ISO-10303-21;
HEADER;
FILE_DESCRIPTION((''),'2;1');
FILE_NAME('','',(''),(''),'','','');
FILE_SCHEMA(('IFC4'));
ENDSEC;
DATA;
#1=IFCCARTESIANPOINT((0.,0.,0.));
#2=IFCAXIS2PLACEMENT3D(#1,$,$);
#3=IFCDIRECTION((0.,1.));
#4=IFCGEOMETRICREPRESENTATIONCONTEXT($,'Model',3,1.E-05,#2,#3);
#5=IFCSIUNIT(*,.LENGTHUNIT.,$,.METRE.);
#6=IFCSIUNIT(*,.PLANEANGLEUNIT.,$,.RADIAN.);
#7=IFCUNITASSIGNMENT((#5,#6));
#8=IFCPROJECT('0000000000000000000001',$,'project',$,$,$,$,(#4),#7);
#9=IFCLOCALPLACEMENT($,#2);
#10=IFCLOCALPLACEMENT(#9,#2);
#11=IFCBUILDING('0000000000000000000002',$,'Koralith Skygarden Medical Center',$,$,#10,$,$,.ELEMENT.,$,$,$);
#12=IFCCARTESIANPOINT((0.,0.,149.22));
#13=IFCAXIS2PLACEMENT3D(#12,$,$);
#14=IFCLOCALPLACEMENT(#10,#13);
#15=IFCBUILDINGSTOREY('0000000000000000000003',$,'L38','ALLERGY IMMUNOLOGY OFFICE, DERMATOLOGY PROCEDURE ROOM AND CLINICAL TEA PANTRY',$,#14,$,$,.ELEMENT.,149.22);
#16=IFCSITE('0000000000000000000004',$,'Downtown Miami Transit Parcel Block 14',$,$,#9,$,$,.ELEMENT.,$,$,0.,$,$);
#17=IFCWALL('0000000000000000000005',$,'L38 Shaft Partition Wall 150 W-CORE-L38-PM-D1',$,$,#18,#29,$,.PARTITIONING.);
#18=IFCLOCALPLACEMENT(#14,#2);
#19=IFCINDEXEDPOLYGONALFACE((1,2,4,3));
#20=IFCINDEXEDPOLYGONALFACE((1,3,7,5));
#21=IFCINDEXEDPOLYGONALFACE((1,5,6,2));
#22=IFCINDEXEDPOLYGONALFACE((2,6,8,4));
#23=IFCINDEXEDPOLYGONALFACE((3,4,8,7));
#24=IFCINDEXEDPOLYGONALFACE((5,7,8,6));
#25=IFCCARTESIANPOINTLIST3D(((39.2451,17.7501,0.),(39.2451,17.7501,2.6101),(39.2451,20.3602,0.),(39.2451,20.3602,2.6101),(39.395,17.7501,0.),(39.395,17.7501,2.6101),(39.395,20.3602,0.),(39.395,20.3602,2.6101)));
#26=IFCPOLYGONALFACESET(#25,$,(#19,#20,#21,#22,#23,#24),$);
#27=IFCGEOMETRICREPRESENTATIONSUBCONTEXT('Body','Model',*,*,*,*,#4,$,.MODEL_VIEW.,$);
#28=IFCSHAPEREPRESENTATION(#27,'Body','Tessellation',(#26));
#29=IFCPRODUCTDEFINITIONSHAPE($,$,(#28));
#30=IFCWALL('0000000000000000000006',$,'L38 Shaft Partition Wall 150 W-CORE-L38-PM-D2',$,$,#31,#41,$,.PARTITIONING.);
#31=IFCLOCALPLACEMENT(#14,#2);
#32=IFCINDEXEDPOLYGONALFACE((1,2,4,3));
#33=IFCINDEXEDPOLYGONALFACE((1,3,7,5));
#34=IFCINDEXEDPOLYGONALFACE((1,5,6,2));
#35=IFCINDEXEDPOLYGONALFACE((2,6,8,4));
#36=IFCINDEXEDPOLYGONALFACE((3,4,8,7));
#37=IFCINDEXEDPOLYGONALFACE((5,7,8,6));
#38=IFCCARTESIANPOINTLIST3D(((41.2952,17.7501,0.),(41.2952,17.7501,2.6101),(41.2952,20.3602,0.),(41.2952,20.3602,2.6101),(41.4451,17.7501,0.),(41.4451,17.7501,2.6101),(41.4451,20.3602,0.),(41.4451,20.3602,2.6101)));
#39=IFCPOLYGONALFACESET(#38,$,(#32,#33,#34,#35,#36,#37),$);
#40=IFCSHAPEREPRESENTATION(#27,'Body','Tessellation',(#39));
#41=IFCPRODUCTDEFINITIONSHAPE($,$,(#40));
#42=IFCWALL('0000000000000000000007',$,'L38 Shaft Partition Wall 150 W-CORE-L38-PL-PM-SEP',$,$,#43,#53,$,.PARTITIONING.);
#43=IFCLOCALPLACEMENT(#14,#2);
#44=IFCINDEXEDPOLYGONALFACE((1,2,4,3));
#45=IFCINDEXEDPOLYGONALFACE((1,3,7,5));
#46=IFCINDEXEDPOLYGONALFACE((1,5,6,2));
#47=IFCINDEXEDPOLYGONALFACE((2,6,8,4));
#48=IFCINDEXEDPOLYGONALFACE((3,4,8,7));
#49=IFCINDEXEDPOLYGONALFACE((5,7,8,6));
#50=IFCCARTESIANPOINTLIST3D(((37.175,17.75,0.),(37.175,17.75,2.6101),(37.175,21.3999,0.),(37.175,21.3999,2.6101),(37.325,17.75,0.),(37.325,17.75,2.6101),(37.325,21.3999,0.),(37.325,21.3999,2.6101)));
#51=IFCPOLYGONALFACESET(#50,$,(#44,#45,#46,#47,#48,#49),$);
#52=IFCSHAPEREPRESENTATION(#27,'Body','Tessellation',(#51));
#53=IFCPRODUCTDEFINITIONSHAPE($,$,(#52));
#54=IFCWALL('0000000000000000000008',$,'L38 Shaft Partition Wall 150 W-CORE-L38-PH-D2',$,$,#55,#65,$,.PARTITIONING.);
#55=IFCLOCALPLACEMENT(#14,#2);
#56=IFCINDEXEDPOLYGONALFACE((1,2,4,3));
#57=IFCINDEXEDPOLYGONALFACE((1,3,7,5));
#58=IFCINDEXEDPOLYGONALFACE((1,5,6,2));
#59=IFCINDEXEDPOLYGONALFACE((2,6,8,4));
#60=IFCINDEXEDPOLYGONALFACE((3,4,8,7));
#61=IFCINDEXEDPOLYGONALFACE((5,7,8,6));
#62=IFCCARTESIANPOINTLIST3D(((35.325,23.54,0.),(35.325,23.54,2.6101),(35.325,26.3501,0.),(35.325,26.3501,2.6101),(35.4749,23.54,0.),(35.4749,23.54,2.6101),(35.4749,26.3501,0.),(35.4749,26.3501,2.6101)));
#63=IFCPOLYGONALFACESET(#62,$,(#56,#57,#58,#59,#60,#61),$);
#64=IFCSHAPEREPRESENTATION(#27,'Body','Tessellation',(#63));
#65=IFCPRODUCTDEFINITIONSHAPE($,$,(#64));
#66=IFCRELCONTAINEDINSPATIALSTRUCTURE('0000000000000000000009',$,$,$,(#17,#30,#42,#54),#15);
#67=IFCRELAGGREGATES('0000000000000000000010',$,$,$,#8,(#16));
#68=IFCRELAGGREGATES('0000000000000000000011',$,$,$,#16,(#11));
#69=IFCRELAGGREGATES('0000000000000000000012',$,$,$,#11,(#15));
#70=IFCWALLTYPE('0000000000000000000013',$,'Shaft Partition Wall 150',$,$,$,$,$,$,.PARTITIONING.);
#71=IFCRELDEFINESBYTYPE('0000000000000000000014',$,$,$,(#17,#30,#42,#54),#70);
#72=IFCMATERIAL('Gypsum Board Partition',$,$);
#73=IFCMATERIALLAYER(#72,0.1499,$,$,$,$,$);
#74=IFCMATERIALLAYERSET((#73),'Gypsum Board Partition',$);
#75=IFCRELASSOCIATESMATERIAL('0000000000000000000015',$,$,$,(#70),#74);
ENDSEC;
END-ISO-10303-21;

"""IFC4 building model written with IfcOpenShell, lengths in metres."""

from ifc_helpers import new_model, si_unit, direction, frame, frame_2d, origin, place, context, subcontext, project, spatial, rectangle, extrude, material, layer, layer_set, type_object, element, save


model = new_model("IFC4")

# Units and contexts
model_context = context("Model", 3, precision=1e-05, world=origin(), true_north=direction((0.0, 1.0)))
body_context = subcontext(model_context, "Body", "Model", "MODEL_VIEW")
ifc_project = project(units=[si_unit("LENGTHUNIT", "METRE"), si_unit("PLANEANGLEUNIT", "RADIAN")], contexts=[model_context])

# Site, building, storey
site_placement = place(None, origin())
site = spatial("IfcSite", under=ifc_project, at=site_placement, Name="Downtown Miami Transit Parcel Block 14", CompositionType="ELEMENT", RefElevation=0.0)
building_placement = place(site_placement, origin())
building = spatial("IfcBuilding", under=site, at=building_placement, Name="Koralith Skygarden Medical Center", CompositionType="ELEMENT")
storey_placement = place(building_placement, frame((0.0, 0.0, 149.22)))
storey = spatial("IfcBuildingStorey", under=building, at=storey_placement, Name="L38", Description="ALLERGY IMMUNOLOGY OFFICE, DERMATOLOGY PROCEDURE ROOM AND CLINICAL TEA PANTRY", CompositionType="ELEMENT", Elevation=149.22)

# Shared definitions
ifc_material_1 = material(Name="Gypsum Board Partition")

# Walls
ifc_layer_1 = layer(ifc_material_1, 0.1499)
ifc_layer_set_1 = layer_set([ifc_layer_1], Name="Gypsum Board Partition")
wall_type_1 = type_object("IfcWallType", Name="Shaft Partition Wall 150", PredefinedType="PARTITIONING", material=ifc_layer_set_1)
for number, where, z_axis, x_axis, name in (
    (1, (39.3201, 17.75, 0.0), (0.0, 0.0, 1.0), (0.0, 1.0, 0.0), "L38 Shaft Partition Wall 150 W-CORE-L38-PM-D1"),
    (2, (41.3701, 17.75, 0.0), (0.0, 0.0, 1.0), (0.0, 1.0, 0.0), "L38 Shaft Partition Wall 150 W-CORE-L38-PM-D2"),
):
    element("IfcWall", number, at=place(storey_placement, frame(where, z_axis=z_axis, x_axis=x_axis)), inside=storey, type_object=wall_type_1, Name=name, PredefinedType="PARTITIONING", context=body_context, shape_type="SweptSolid", body=[
        extrude(rectangle(XDim=2.6101, YDim=0.1499, at=frame_2d((1.3052, 0.0))), origin(), (0.0, 0.0, 1.0), 2.6101),
    ])
wall_1_placement = place(storey_placement, frame((37.25, 17.75, 0.0), z_axis=(0.0, 0.0, 1.0), x_axis=(0.0, 1.0, 0.0)))
element("IfcWall", 3, at=wall_1_placement, inside=storey, type_object=wall_type_1, Name="L38 Shaft Partition Wall 150 W-CORE-L38-PL-PM-SEP", PredefinedType="PARTITIONING", context=body_context, shape_type="SweptSolid", body=[
    extrude(rectangle(XDim=3.6499, YDim=0.1499, at=frame_2d((1.825, 0.0))), origin(), (0.0, 0.0, 1.0), 2.6101),
])
wall_2_placement = place(storey_placement, frame((35.3999, 23.54, 0.0), z_axis=(0.0, 0.0, 1.0), x_axis=(0.0, 1.0, 0.0)))
element("IfcWall", 4, at=wall_2_placement, inside=storey, type_object=wall_type_1, Name="L38 Shaft Partition Wall 150 W-CORE-L38-PH-D2", PredefinedType="PARTITIONING", context=body_context, shape_type="SweptSolid", body=[
    extrude(rectangle(XDim=2.8101, YDim=0.1499, at=frame_2d((1.405, 0.0))), origin(), (0.0, 0.0, 1.0), 2.6101),
])

save(model, "model.ifc")
